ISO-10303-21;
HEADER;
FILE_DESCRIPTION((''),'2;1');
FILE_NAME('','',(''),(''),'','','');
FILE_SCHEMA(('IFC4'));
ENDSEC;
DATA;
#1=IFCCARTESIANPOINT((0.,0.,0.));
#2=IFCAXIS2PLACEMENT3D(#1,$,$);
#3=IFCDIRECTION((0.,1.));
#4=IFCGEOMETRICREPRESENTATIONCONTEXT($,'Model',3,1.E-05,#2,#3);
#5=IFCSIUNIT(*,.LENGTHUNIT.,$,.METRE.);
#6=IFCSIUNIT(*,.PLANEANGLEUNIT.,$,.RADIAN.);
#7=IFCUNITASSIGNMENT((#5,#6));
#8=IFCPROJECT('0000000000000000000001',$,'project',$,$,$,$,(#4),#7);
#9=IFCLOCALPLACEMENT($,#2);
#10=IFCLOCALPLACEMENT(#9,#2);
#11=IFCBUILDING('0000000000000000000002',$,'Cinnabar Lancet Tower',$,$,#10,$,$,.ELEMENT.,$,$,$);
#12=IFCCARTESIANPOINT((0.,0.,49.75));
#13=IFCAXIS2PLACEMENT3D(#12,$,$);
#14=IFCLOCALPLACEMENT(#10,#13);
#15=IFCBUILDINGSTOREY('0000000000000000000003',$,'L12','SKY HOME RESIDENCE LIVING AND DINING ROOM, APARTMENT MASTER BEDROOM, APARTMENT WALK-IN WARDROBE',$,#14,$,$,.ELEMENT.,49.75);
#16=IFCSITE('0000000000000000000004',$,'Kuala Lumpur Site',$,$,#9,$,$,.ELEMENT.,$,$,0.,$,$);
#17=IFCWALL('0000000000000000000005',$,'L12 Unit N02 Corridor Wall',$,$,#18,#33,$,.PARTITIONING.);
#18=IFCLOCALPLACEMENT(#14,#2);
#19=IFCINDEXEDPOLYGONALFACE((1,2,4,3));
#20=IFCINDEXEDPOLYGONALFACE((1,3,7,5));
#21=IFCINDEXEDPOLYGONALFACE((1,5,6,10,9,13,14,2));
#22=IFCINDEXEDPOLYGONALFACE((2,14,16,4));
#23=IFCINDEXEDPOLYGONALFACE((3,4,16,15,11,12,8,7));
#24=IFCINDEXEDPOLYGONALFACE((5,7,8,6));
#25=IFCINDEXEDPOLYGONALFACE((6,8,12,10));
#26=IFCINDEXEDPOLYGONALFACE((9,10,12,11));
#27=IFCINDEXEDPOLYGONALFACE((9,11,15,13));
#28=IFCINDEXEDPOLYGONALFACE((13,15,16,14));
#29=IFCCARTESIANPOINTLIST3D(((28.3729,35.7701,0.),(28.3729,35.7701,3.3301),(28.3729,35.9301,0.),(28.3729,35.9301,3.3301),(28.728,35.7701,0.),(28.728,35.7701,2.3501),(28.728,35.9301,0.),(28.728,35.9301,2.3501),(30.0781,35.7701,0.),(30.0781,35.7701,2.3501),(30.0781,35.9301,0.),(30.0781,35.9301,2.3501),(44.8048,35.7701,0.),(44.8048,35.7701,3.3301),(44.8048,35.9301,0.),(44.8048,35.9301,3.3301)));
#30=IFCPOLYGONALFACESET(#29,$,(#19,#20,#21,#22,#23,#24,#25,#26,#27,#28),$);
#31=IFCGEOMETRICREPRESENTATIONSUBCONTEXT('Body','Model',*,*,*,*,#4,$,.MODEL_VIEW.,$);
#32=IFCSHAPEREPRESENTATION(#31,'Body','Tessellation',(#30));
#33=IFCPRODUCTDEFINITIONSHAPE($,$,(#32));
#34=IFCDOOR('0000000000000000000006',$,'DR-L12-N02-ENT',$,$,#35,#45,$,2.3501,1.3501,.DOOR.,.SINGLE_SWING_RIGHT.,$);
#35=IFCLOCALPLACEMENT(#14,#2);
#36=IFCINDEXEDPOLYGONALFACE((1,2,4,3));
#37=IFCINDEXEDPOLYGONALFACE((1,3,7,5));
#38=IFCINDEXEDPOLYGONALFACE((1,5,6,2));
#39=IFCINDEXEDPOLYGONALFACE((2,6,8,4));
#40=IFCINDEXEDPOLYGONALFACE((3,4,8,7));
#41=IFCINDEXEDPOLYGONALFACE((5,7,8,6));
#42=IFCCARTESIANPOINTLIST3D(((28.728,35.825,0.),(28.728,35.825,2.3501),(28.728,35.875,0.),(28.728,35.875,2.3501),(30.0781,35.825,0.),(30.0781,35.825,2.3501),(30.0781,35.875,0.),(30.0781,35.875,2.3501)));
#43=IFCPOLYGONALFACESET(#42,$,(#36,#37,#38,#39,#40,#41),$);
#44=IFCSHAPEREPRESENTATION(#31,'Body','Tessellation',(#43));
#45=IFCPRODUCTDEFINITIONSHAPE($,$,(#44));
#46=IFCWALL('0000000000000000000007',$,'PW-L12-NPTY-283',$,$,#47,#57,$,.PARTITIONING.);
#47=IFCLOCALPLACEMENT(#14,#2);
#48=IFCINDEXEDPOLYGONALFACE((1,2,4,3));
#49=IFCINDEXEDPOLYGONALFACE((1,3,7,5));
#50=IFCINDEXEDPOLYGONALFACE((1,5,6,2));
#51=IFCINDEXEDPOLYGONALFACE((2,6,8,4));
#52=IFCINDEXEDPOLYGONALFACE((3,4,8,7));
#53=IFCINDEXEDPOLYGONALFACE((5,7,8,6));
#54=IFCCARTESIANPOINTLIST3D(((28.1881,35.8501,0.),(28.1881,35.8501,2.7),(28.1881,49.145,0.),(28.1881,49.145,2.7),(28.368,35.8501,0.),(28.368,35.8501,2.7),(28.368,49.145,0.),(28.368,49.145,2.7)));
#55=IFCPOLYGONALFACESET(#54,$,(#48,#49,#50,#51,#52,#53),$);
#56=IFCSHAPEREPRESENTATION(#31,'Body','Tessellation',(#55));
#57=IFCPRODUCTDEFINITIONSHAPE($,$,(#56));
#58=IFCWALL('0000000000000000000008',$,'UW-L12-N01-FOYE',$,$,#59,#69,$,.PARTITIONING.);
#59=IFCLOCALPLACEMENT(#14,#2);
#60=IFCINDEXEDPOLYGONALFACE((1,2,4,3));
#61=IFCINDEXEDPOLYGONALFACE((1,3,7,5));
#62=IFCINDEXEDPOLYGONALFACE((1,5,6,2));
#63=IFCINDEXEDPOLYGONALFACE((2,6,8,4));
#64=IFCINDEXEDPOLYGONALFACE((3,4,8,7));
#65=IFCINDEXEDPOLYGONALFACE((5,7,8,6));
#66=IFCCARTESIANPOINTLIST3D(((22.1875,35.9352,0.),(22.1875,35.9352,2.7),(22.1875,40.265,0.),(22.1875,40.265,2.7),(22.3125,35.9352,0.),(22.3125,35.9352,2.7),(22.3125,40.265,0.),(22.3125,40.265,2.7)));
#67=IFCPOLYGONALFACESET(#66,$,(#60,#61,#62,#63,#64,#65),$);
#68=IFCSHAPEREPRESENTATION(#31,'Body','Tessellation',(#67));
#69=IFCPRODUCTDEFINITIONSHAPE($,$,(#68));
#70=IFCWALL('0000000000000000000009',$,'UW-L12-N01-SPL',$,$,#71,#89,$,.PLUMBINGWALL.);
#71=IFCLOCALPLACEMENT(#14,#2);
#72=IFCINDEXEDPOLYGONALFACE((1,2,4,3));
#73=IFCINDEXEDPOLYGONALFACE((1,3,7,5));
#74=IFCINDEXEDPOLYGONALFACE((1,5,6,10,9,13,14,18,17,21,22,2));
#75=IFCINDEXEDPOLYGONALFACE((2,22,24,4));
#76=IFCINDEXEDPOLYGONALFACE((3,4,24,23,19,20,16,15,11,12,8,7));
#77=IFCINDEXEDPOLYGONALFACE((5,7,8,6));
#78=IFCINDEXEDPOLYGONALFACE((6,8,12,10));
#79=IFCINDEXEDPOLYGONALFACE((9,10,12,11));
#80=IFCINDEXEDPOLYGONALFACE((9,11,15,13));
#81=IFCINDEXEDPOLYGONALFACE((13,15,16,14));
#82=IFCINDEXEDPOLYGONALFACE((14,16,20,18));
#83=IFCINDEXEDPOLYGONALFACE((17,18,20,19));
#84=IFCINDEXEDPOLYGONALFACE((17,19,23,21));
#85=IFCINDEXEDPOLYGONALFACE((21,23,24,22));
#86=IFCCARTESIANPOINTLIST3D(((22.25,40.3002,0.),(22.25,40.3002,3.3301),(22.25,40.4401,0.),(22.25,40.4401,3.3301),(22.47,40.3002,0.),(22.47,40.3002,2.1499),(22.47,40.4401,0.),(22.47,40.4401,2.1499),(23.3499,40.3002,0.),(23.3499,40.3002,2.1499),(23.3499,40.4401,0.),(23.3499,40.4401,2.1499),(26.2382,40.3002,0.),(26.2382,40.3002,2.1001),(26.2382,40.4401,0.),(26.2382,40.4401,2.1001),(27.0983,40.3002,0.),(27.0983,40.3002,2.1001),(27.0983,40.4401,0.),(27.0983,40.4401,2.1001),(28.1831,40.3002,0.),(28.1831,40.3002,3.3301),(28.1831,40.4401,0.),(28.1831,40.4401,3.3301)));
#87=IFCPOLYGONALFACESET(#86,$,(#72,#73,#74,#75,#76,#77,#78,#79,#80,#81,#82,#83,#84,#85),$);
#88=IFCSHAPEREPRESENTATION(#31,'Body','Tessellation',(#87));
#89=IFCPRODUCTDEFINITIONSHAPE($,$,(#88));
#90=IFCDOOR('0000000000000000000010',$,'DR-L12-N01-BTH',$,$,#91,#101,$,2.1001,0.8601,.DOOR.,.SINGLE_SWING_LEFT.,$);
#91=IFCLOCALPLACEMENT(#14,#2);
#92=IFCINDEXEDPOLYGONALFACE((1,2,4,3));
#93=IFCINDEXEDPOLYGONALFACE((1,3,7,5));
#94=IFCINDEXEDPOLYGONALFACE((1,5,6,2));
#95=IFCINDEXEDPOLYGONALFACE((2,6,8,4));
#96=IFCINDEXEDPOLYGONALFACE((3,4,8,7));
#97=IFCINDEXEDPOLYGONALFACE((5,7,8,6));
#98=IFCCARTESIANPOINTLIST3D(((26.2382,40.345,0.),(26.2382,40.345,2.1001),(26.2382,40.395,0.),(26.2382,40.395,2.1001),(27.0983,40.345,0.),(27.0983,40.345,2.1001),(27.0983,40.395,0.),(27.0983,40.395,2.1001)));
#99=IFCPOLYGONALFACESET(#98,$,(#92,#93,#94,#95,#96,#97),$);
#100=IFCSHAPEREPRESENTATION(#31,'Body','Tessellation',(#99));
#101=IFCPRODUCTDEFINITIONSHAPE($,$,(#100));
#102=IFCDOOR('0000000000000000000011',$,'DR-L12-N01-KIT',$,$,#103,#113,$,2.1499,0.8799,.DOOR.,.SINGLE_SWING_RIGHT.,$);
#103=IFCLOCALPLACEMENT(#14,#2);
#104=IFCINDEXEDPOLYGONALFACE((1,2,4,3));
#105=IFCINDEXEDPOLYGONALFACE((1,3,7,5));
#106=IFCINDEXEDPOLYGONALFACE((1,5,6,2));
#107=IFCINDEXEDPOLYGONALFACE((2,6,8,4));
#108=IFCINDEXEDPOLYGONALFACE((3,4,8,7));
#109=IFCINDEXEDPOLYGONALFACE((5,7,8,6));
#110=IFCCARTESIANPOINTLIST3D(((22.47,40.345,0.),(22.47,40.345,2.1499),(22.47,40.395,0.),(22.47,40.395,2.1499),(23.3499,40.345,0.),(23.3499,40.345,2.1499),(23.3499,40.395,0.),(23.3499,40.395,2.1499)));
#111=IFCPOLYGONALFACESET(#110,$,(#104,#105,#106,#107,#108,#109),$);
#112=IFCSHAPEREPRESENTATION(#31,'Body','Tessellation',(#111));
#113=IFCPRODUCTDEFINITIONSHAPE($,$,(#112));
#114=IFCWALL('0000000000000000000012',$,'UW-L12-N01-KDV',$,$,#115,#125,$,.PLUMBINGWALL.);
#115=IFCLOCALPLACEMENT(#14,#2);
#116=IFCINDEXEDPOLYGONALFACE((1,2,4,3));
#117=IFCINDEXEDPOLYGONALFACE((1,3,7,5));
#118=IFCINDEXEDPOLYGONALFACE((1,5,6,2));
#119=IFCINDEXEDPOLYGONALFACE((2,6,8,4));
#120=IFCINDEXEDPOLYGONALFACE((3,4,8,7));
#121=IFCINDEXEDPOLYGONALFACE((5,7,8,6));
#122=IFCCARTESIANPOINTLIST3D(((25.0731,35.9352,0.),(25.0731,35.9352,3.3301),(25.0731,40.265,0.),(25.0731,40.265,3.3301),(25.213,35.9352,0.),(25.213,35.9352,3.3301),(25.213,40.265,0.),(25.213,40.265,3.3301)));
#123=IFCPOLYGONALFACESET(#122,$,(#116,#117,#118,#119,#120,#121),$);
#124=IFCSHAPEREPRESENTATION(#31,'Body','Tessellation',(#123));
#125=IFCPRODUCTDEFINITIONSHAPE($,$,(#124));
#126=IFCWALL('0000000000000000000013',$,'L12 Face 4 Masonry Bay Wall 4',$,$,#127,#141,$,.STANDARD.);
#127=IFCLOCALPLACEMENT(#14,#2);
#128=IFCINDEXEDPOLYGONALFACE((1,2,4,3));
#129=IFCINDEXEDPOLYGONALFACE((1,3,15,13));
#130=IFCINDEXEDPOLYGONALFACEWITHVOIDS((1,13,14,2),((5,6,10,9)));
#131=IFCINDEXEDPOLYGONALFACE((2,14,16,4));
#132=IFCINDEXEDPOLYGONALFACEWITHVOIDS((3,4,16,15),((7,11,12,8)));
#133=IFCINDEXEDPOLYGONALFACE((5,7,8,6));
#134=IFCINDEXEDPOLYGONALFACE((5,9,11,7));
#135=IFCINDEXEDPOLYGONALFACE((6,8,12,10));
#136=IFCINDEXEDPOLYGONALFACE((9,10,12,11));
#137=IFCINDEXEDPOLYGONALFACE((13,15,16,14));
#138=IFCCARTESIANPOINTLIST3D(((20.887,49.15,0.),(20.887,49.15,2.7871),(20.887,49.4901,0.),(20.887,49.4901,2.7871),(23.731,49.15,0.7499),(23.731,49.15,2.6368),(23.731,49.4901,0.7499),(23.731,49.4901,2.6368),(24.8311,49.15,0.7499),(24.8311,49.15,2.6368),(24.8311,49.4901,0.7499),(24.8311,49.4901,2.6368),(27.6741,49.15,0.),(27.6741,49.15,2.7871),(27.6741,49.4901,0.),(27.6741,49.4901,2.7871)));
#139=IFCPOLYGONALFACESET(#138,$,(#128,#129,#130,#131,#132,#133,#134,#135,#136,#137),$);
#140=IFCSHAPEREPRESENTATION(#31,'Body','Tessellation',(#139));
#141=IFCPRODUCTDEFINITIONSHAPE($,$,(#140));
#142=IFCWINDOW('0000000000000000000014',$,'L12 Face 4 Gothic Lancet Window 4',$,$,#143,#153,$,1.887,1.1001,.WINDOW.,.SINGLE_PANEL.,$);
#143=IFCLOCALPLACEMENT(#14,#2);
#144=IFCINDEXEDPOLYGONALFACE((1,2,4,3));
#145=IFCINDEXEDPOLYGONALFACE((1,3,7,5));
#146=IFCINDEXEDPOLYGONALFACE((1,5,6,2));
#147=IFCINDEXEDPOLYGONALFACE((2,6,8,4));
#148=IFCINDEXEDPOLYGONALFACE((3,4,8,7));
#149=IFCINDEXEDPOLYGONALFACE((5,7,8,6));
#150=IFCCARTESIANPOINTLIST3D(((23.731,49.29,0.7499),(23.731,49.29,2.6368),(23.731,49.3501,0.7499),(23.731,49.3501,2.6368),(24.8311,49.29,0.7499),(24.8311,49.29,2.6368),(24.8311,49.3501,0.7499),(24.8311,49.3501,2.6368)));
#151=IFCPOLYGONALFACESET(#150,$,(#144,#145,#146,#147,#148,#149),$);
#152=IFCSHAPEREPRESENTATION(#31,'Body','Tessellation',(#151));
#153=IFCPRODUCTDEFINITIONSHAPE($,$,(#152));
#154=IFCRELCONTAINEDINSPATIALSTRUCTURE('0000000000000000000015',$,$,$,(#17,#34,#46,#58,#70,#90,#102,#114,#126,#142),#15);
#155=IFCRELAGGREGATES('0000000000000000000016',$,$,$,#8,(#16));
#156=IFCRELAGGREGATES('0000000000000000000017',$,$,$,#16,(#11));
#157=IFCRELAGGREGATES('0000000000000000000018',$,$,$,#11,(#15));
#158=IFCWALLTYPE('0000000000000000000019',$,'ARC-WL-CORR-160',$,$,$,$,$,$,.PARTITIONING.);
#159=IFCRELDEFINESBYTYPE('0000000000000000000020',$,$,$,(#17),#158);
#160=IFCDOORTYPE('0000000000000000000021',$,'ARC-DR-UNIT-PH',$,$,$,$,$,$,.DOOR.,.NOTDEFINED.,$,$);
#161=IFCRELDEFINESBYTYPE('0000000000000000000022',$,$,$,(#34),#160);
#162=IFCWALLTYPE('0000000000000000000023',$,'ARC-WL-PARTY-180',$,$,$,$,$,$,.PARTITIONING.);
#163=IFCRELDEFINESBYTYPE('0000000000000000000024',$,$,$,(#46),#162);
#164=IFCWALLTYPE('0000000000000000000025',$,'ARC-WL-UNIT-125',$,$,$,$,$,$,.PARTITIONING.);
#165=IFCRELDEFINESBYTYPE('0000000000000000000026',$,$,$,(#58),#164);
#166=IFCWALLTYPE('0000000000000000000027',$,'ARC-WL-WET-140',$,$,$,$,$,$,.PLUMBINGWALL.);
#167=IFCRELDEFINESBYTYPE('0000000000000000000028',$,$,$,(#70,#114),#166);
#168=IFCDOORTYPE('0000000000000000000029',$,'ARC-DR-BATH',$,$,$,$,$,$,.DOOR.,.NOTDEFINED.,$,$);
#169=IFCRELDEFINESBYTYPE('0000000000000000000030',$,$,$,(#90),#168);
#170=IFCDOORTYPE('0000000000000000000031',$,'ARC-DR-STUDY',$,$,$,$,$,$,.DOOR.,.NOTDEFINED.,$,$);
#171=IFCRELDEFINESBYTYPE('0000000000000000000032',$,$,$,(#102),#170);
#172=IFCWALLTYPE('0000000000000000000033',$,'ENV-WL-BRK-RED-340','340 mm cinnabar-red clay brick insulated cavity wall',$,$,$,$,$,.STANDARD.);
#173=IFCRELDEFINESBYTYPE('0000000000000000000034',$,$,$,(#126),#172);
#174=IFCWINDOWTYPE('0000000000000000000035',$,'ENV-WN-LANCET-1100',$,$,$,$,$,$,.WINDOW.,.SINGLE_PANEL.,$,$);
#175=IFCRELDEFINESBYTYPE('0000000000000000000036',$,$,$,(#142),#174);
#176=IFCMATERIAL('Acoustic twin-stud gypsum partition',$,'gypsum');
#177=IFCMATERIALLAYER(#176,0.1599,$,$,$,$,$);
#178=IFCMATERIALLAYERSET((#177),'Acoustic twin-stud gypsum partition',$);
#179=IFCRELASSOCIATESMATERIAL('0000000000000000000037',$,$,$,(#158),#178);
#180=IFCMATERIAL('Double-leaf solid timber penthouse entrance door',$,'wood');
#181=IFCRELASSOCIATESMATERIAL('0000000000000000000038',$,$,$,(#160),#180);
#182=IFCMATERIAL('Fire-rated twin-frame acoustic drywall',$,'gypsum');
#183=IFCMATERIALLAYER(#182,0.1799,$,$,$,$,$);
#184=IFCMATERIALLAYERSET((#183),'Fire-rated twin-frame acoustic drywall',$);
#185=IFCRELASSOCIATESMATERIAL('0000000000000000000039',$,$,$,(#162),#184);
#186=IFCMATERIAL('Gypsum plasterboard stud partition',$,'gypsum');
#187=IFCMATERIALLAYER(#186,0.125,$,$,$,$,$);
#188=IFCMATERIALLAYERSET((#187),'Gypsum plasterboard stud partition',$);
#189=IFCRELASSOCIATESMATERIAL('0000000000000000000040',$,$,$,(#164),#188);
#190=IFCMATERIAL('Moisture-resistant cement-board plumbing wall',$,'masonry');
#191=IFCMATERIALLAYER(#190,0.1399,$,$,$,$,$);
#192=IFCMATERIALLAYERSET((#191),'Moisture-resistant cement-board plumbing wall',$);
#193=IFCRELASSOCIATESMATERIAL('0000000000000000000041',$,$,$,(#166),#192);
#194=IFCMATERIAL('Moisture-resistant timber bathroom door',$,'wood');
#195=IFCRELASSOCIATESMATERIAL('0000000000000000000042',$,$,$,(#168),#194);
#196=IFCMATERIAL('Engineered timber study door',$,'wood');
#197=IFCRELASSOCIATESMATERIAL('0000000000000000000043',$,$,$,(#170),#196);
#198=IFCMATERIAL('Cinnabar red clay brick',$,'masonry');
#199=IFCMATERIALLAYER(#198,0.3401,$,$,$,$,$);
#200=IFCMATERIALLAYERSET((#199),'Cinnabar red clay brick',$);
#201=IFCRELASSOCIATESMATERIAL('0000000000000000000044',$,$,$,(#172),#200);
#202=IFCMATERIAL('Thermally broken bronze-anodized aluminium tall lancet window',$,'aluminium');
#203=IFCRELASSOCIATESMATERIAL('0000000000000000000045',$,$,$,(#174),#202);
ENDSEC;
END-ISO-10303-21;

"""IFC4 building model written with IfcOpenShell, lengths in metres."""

from ifc_helpers import new_model, si_unit, direction, frame, frame_2d, origin, place, context, subcontext, project, spatial, rectangle, extrude, material, layer, layer_set, type_object, element, fill, save


model = new_model("IFC4")

# Units and contexts
model_context = context("Model", 3, precision=1e-05, world=origin(), true_north=direction((0.0, 1.0)))
body_context = subcontext(model_context, "Body", "Model", "MODEL_VIEW")
ifc_project = project(units=[si_unit("LENGTHUNIT", "METRE"), si_unit("PLANEANGLEUNIT", "RADIAN")], contexts=[model_context])

# Site, building, storey
site_placement = place(None, origin())
site = spatial("IfcSite", under=ifc_project, at=site_placement, Name="Kuala Lumpur Site", CompositionType="ELEMENT", RefElevation=0.0)
building_placement = place(site_placement, origin())
building = spatial("IfcBuilding", under=site, at=building_placement, Name="Cinnabar Lancet Tower", CompositionType="ELEMENT")
storey_placement = place(building_placement, frame((0.0, 0.0, 49.75)))
storey = spatial("IfcBuildingStorey", under=building, at=storey_placement, Name="L12", Description="SKY HOME RESIDENCE LIVING AND DINING ROOM, APARTMENT MASTER BEDROOM, APARTMENT WALK-IN WARDROBE", CompositionType="ELEMENT", Elevation=49.75)

# Wall, opening, door
ifc_material_1 = material(Name="Acoustic twin-stud gypsum partition", Category="gypsum")
ifc_layer_1 = layer(ifc_material_1, 0.1599)
ifc_layer_set_1 = layer_set([ifc_layer_1], Name="Acoustic twin-stud gypsum partition")
wall_type_1 = type_object("IfcWallType", Name="ARC-WL-CORR-160", PredefinedType="PARTITIONING", material=ifc_layer_set_1)
wall_1_placement = place(storey_placement, frame((28.373, 35.8501, 0.0), z_axis=(0.0, 0.0, 1.0), x_axis=(1.0, 0.0, 0.0)))
wall_1 = element("IfcWall", 1, at=wall_1_placement, inside=storey, type_object=wall_type_1, Name="L12 Unit N02 Corridor Wall", PredefinedType="PARTITIONING", context=body_context, shape_type="SweptSolid", body=[
    extrude(rectangle(XDim=16.4319, YDim=0.1599, at=frame_2d((8.2158, 0.0))), origin(), (0.0, 0.0, 1.0), 3.3301),
])
opening_1_placement = place(wall_1_placement, frame((0.355, 0.0, 0.0)))
opening_1 = element("IfcOpeningElement", 2, at=opening_1_placement, cuts=wall_1, PredefinedType="OPENING", context=body_context, shape_type="SweptSolid", body=[
    extrude(rectangle(XDim=1.3501, YDim=2.3501, at=frame_2d((0.675, 1.175))), frame((0.0, 0.0898, 0.0), z_axis=(0.0, -1.0, 0.0), x_axis=(1.0, 0.0, 0.0)), (0.0, 0.0, 1.0), 0.1799),
])
ifc_material_2 = material(Name="Double-leaf solid timber penthouse entrance door", Category="wood")
door_type_1 = type_object("IfcDoorType", Name="ARC-DR-UNIT-PH", OperationType="NOTDEFINED", PredefinedType="DOOR", material=ifc_material_2)
door_1_placement = place(opening_1_placement, origin())
door_1 = element("IfcDoor", 3, at=door_1_placement, inside=storey, type_object=door_type_1, Name="DR-L12-N02-ENT", OperationType="SINGLE_SWING_RIGHT", OverallHeight=2.3501, OverallWidth=1.3501, PredefinedType="DOOR", context=body_context, shape_type="SweptSolid", body=[
    extrude(rectangle(XDim=1.3501, YDim=2.3501, at=frame_2d((0.675, 1.175))), frame((0.0, 0.0249, 0.0), z_axis=(0.0, -1.0, 0.0), x_axis=(1.0, 0.0, 0.0)), (0.0, 0.0, 1.0), 0.05),
])
fill(opening_1, door_1)

# Walls
ifc_material_3 = material(Name="Fire-rated twin-frame acoustic drywall", Category="gypsum")
ifc_layer_2 = layer(ifc_material_3, 0.1799)
ifc_layer_set_2 = layer_set([ifc_layer_2], Name="Fire-rated twin-frame acoustic drywall")
wall_type_2 = type_object("IfcWallType", Name="ARC-WL-PARTY-180", PredefinedType="PARTITIONING", material=ifc_layer_set_2)
wall_2_placement = place(storey_placement, frame((28.2781, 35.8501, 0.0), z_axis=(0.0, 0.0, 1.0), x_axis=(0.0, 1.0, 0.0)))
element("IfcWall", 4, at=wall_2_placement, inside=storey, type_object=wall_type_2, Name="PW-L12-NPTY-283", PredefinedType="PARTITIONING", context=body_context, shape_type="SweptSolid", body=[
    extrude(rectangle(XDim=13.2949, YDim=0.1799, at=frame_2d((6.6475, 0.0))), origin(), (0.0, 0.0, 1.0), 2.7),
])
ifc_material_4 = material(Name="Gypsum plasterboard stud partition", Category="gypsum")
ifc_layer_3 = layer(ifc_material_4, 0.125)
ifc_layer_set_3 = layer_set([ifc_layer_3], Name="Gypsum plasterboard stud partition")
wall_type_3 = type_object("IfcWallType", Name="ARC-WL-UNIT-125", PredefinedType="PARTITIONING", material=ifc_layer_set_3)
wall_3_placement = place(storey_placement, frame((22.25, 35.9351, 0.0), z_axis=(0.0, 0.0, 1.0), x_axis=(0.0, 1.0, 0.0)))
element("IfcWall", 5, at=wall_3_placement, inside=storey, type_object=wall_type_3, Name="UW-L12-N01-FOYE", PredefinedType="PARTITIONING", context=body_context, shape_type="SweptSolid", body=[
    extrude(rectangle(XDim=4.3298, YDim=0.125, at=frame_2d((2.165, 0.0))), origin(), (0.0, 0.0, 1.0), 2.7),
])

# Wall, openings, doors
ifc_material_5 = material(Name="Moisture-resistant cement-board plumbing wall", Category="masonry")
ifc_layer_4 = layer(ifc_material_5, 0.1399)
ifc_layer_set_4 = layer_set([ifc_layer_4], Name="Moisture-resistant cement-board plumbing wall")
wall_type_4 = type_object("IfcWallType", Name="ARC-WL-WET-140", PredefinedType="PLUMBINGWALL", material=ifc_layer_set_4)
wall_4_placement = place(storey_placement, frame((22.25, 40.3701, 0.0), z_axis=(0.0, 0.0, 1.0), x_axis=(1.0, 0.0, 0.0)))
wall_4 = element("IfcWall", 6, at=wall_4_placement, inside=storey, type_object=wall_type_4, Name="UW-L12-N01-SPL", PredefinedType="PLUMBINGWALL", context=body_context, shape_type="SweptSolid", body=[
    extrude(rectangle(XDim=5.9331, YDim=0.1399, at=frame_2d((2.9666, 0.0))), origin(), (0.0, 0.0, 1.0), 3.3301),
])
opening_2_placement = place(wall_4_placement, frame((3.988, 0.0, 0.0)))
opening_2 = element("IfcOpeningElement", 7, at=opening_2_placement, cuts=wall_4, PredefinedType="OPENING", context=body_context, shape_type="SweptSolid", body=[
    extrude(rectangle(XDim=0.8601, YDim=2.1001, at=frame_2d((0.4302, 1.05))), frame((0.0, 0.0798, 0.0), z_axis=(0.0, -1.0, 0.0), x_axis=(1.0, 0.0, 0.0)), (0.0, 0.0, 1.0), 0.1599),
])
opening_3_placement = place(wall_4_placement, frame((0.22, 0.0, 0.0)))
opening_3 = element("IfcOpeningElement", 8, at=opening_3_placement, cuts=wall_4, PredefinedType="OPENING", context=body_context, shape_type="SweptSolid", body=[
    extrude(rectangle(XDim=0.8799, YDim=2.1499, at=frame_2d((0.4399, 1.075))), frame((0.0, 0.0798, 0.0), z_axis=(0.0, -1.0, 0.0), x_axis=(1.0, 0.0, 0.0)), (0.0, 0.0, 1.0), 0.1599),
])
ifc_material_6 = material(Name="Moisture-resistant timber bathroom door", Category="wood")
door_type_2 = type_object("IfcDoorType", Name="ARC-DR-BATH", OperationType="NOTDEFINED", PredefinedType="DOOR", material=ifc_material_6)
door_2_placement = place(opening_2_placement, origin())
door_2 = element("IfcDoor", 9, at=door_2_placement, inside=storey, type_object=door_type_2, Name="DR-L12-N01-BTH", OperationType="SINGLE_SWING_LEFT", OverallHeight=2.1001, OverallWidth=0.8601, PredefinedType="DOOR", context=body_context, shape_type="SweptSolid", body=[
    extrude(rectangle(XDim=0.8601, YDim=2.1001, at=frame_2d((0.4302, 1.05))), frame((0.0, 0.0249, 0.0), z_axis=(0.0, -1.0, 0.0), x_axis=(1.0, 0.0, 0.0)), (0.0, 0.0, 1.0), 0.05),
])
fill(opening_2, door_2)
ifc_material_7 = material(Name="Engineered timber study door", Category="wood")
door_type_3 = type_object("IfcDoorType", Name="ARC-DR-STUDY", OperationType="NOTDEFINED", PredefinedType="DOOR", material=ifc_material_7)
door_3_placement = place(opening_3_placement, origin())
door_3 = element("IfcDoor", 10, at=door_3_placement, inside=storey, type_object=door_type_3, Name="DR-L12-N01-KIT", OperationType="SINGLE_SWING_RIGHT", OverallHeight=2.1499, OverallWidth=0.8799, PredefinedType="DOOR", context=body_context, shape_type="SweptSolid", body=[
    extrude(rectangle(XDim=0.8799, YDim=2.1499, at=frame_2d((0.4399, 1.075))), frame((0.0, 0.0249, 0.0), z_axis=(0.0, -1.0, 0.0), x_axis=(1.0, 0.0, 0.0)), (0.0, 0.0, 1.0), 0.05),
])
fill(opening_3, door_3)

# Wall
wall_5_placement = place(storey_placement, frame((25.1431, 35.9351, 0.0), z_axis=(0.0, 0.0, 1.0), x_axis=(0.0, 1.0, 0.0)))
element("IfcWall", 11, at=wall_5_placement, inside=storey, type_object=wall_type_4, Name="UW-L12-N01-KDV", PredefinedType="PLUMBINGWALL", context=body_context, shape_type="SweptSolid", body=[
    extrude(rectangle(XDim=4.3298, YDim=0.1399, at=frame_2d((2.165, 0.0))), origin(), (0.0, 0.0, 1.0), 3.3301),
])

# Wall, opening, window
ifc_material_8 = material(Name="Cinnabar red clay brick", Category="masonry")
ifc_layer_5 = layer(ifc_material_8, 0.3401)
ifc_layer_set_5 = layer_set([ifc_layer_5], Name="Cinnabar red clay brick")
wall_type_5 = type_object("IfcWallType", Name="ENV-WL-BRK-RED-340", Description="340 mm cinnabar-red clay brick insulated cavity wall", PredefinedType="STANDARD", material=ifc_layer_set_5)
wall_6_placement = place(storey_placement, frame((27.6741, 49.3201, 0.0), z_axis=(0.0, 0.0, 1.0), x_axis=(-1.0, 0.0, 0.0)))
wall_6 = element("IfcWall", 12, at=wall_6_placement, inside=storey, type_object=wall_type_5, Name="L12 Face 4 Masonry Bay Wall 4", PredefinedType="STANDARD", context=body_context, shape_type="SweptSolid", body=[
    extrude(rectangle(XDim=6.7871, YDim=0.3401, at=frame_2d((3.3936, 0.0))), origin(), (0.0, 0.0, 1.0), 2.7871),
])
opening_4_placement = place(wall_6_placement, frame((2.843, 0.0, 0.75)))
opening_4 = element("IfcOpeningElement", 13, at=opening_4_placement, cuts=wall_6, PredefinedType="OPENING", context=body_context, shape_type="SweptSolid", body=[
    extrude(rectangle(XDim=1.1001, YDim=1.887, at=frame_2d((0.55, 0.9434))), frame((0.0, 0.1799, 0.0), z_axis=(0.0, -1.0, 0.0), x_axis=(1.0, 0.0, 0.0)), (0.0, 0.0, 1.0), 0.3601),
])
ifc_material_9 = material(Name="Thermally broken bronze-anodized aluminium tall lancet window", Category="aluminium")
window_type = type_object("IfcWindowType", Name="ENV-WN-LANCET-1100", PartitioningType="SINGLE_PANEL", PredefinedType="WINDOW", material=ifc_material_9)
window_placement = place(opening_4_placement, origin())
window = element("IfcWindow", 14, at=window_placement, inside=storey, type_object=window_type, Name="L12 Face 4 Gothic Lancet Window 4", OverallHeight=1.887, OverallWidth=1.1001, PartitioningType="SINGLE_PANEL", PredefinedType="WINDOW", context=body_context, shape_type="SweptSolid", body=[
    extrude(rectangle(XDim=1.1001, YDim=1.887, at=frame_2d((0.55, 0.9434))), frame((0.0, 0.03, 0.0), z_axis=(0.0, -1.0, 0.0), x_axis=(1.0, 0.0, 0.0)), (0.0, 0.0, 1.0), 0.0601),
])
fill(opening_4, window)

save(model, "model.ifc")
